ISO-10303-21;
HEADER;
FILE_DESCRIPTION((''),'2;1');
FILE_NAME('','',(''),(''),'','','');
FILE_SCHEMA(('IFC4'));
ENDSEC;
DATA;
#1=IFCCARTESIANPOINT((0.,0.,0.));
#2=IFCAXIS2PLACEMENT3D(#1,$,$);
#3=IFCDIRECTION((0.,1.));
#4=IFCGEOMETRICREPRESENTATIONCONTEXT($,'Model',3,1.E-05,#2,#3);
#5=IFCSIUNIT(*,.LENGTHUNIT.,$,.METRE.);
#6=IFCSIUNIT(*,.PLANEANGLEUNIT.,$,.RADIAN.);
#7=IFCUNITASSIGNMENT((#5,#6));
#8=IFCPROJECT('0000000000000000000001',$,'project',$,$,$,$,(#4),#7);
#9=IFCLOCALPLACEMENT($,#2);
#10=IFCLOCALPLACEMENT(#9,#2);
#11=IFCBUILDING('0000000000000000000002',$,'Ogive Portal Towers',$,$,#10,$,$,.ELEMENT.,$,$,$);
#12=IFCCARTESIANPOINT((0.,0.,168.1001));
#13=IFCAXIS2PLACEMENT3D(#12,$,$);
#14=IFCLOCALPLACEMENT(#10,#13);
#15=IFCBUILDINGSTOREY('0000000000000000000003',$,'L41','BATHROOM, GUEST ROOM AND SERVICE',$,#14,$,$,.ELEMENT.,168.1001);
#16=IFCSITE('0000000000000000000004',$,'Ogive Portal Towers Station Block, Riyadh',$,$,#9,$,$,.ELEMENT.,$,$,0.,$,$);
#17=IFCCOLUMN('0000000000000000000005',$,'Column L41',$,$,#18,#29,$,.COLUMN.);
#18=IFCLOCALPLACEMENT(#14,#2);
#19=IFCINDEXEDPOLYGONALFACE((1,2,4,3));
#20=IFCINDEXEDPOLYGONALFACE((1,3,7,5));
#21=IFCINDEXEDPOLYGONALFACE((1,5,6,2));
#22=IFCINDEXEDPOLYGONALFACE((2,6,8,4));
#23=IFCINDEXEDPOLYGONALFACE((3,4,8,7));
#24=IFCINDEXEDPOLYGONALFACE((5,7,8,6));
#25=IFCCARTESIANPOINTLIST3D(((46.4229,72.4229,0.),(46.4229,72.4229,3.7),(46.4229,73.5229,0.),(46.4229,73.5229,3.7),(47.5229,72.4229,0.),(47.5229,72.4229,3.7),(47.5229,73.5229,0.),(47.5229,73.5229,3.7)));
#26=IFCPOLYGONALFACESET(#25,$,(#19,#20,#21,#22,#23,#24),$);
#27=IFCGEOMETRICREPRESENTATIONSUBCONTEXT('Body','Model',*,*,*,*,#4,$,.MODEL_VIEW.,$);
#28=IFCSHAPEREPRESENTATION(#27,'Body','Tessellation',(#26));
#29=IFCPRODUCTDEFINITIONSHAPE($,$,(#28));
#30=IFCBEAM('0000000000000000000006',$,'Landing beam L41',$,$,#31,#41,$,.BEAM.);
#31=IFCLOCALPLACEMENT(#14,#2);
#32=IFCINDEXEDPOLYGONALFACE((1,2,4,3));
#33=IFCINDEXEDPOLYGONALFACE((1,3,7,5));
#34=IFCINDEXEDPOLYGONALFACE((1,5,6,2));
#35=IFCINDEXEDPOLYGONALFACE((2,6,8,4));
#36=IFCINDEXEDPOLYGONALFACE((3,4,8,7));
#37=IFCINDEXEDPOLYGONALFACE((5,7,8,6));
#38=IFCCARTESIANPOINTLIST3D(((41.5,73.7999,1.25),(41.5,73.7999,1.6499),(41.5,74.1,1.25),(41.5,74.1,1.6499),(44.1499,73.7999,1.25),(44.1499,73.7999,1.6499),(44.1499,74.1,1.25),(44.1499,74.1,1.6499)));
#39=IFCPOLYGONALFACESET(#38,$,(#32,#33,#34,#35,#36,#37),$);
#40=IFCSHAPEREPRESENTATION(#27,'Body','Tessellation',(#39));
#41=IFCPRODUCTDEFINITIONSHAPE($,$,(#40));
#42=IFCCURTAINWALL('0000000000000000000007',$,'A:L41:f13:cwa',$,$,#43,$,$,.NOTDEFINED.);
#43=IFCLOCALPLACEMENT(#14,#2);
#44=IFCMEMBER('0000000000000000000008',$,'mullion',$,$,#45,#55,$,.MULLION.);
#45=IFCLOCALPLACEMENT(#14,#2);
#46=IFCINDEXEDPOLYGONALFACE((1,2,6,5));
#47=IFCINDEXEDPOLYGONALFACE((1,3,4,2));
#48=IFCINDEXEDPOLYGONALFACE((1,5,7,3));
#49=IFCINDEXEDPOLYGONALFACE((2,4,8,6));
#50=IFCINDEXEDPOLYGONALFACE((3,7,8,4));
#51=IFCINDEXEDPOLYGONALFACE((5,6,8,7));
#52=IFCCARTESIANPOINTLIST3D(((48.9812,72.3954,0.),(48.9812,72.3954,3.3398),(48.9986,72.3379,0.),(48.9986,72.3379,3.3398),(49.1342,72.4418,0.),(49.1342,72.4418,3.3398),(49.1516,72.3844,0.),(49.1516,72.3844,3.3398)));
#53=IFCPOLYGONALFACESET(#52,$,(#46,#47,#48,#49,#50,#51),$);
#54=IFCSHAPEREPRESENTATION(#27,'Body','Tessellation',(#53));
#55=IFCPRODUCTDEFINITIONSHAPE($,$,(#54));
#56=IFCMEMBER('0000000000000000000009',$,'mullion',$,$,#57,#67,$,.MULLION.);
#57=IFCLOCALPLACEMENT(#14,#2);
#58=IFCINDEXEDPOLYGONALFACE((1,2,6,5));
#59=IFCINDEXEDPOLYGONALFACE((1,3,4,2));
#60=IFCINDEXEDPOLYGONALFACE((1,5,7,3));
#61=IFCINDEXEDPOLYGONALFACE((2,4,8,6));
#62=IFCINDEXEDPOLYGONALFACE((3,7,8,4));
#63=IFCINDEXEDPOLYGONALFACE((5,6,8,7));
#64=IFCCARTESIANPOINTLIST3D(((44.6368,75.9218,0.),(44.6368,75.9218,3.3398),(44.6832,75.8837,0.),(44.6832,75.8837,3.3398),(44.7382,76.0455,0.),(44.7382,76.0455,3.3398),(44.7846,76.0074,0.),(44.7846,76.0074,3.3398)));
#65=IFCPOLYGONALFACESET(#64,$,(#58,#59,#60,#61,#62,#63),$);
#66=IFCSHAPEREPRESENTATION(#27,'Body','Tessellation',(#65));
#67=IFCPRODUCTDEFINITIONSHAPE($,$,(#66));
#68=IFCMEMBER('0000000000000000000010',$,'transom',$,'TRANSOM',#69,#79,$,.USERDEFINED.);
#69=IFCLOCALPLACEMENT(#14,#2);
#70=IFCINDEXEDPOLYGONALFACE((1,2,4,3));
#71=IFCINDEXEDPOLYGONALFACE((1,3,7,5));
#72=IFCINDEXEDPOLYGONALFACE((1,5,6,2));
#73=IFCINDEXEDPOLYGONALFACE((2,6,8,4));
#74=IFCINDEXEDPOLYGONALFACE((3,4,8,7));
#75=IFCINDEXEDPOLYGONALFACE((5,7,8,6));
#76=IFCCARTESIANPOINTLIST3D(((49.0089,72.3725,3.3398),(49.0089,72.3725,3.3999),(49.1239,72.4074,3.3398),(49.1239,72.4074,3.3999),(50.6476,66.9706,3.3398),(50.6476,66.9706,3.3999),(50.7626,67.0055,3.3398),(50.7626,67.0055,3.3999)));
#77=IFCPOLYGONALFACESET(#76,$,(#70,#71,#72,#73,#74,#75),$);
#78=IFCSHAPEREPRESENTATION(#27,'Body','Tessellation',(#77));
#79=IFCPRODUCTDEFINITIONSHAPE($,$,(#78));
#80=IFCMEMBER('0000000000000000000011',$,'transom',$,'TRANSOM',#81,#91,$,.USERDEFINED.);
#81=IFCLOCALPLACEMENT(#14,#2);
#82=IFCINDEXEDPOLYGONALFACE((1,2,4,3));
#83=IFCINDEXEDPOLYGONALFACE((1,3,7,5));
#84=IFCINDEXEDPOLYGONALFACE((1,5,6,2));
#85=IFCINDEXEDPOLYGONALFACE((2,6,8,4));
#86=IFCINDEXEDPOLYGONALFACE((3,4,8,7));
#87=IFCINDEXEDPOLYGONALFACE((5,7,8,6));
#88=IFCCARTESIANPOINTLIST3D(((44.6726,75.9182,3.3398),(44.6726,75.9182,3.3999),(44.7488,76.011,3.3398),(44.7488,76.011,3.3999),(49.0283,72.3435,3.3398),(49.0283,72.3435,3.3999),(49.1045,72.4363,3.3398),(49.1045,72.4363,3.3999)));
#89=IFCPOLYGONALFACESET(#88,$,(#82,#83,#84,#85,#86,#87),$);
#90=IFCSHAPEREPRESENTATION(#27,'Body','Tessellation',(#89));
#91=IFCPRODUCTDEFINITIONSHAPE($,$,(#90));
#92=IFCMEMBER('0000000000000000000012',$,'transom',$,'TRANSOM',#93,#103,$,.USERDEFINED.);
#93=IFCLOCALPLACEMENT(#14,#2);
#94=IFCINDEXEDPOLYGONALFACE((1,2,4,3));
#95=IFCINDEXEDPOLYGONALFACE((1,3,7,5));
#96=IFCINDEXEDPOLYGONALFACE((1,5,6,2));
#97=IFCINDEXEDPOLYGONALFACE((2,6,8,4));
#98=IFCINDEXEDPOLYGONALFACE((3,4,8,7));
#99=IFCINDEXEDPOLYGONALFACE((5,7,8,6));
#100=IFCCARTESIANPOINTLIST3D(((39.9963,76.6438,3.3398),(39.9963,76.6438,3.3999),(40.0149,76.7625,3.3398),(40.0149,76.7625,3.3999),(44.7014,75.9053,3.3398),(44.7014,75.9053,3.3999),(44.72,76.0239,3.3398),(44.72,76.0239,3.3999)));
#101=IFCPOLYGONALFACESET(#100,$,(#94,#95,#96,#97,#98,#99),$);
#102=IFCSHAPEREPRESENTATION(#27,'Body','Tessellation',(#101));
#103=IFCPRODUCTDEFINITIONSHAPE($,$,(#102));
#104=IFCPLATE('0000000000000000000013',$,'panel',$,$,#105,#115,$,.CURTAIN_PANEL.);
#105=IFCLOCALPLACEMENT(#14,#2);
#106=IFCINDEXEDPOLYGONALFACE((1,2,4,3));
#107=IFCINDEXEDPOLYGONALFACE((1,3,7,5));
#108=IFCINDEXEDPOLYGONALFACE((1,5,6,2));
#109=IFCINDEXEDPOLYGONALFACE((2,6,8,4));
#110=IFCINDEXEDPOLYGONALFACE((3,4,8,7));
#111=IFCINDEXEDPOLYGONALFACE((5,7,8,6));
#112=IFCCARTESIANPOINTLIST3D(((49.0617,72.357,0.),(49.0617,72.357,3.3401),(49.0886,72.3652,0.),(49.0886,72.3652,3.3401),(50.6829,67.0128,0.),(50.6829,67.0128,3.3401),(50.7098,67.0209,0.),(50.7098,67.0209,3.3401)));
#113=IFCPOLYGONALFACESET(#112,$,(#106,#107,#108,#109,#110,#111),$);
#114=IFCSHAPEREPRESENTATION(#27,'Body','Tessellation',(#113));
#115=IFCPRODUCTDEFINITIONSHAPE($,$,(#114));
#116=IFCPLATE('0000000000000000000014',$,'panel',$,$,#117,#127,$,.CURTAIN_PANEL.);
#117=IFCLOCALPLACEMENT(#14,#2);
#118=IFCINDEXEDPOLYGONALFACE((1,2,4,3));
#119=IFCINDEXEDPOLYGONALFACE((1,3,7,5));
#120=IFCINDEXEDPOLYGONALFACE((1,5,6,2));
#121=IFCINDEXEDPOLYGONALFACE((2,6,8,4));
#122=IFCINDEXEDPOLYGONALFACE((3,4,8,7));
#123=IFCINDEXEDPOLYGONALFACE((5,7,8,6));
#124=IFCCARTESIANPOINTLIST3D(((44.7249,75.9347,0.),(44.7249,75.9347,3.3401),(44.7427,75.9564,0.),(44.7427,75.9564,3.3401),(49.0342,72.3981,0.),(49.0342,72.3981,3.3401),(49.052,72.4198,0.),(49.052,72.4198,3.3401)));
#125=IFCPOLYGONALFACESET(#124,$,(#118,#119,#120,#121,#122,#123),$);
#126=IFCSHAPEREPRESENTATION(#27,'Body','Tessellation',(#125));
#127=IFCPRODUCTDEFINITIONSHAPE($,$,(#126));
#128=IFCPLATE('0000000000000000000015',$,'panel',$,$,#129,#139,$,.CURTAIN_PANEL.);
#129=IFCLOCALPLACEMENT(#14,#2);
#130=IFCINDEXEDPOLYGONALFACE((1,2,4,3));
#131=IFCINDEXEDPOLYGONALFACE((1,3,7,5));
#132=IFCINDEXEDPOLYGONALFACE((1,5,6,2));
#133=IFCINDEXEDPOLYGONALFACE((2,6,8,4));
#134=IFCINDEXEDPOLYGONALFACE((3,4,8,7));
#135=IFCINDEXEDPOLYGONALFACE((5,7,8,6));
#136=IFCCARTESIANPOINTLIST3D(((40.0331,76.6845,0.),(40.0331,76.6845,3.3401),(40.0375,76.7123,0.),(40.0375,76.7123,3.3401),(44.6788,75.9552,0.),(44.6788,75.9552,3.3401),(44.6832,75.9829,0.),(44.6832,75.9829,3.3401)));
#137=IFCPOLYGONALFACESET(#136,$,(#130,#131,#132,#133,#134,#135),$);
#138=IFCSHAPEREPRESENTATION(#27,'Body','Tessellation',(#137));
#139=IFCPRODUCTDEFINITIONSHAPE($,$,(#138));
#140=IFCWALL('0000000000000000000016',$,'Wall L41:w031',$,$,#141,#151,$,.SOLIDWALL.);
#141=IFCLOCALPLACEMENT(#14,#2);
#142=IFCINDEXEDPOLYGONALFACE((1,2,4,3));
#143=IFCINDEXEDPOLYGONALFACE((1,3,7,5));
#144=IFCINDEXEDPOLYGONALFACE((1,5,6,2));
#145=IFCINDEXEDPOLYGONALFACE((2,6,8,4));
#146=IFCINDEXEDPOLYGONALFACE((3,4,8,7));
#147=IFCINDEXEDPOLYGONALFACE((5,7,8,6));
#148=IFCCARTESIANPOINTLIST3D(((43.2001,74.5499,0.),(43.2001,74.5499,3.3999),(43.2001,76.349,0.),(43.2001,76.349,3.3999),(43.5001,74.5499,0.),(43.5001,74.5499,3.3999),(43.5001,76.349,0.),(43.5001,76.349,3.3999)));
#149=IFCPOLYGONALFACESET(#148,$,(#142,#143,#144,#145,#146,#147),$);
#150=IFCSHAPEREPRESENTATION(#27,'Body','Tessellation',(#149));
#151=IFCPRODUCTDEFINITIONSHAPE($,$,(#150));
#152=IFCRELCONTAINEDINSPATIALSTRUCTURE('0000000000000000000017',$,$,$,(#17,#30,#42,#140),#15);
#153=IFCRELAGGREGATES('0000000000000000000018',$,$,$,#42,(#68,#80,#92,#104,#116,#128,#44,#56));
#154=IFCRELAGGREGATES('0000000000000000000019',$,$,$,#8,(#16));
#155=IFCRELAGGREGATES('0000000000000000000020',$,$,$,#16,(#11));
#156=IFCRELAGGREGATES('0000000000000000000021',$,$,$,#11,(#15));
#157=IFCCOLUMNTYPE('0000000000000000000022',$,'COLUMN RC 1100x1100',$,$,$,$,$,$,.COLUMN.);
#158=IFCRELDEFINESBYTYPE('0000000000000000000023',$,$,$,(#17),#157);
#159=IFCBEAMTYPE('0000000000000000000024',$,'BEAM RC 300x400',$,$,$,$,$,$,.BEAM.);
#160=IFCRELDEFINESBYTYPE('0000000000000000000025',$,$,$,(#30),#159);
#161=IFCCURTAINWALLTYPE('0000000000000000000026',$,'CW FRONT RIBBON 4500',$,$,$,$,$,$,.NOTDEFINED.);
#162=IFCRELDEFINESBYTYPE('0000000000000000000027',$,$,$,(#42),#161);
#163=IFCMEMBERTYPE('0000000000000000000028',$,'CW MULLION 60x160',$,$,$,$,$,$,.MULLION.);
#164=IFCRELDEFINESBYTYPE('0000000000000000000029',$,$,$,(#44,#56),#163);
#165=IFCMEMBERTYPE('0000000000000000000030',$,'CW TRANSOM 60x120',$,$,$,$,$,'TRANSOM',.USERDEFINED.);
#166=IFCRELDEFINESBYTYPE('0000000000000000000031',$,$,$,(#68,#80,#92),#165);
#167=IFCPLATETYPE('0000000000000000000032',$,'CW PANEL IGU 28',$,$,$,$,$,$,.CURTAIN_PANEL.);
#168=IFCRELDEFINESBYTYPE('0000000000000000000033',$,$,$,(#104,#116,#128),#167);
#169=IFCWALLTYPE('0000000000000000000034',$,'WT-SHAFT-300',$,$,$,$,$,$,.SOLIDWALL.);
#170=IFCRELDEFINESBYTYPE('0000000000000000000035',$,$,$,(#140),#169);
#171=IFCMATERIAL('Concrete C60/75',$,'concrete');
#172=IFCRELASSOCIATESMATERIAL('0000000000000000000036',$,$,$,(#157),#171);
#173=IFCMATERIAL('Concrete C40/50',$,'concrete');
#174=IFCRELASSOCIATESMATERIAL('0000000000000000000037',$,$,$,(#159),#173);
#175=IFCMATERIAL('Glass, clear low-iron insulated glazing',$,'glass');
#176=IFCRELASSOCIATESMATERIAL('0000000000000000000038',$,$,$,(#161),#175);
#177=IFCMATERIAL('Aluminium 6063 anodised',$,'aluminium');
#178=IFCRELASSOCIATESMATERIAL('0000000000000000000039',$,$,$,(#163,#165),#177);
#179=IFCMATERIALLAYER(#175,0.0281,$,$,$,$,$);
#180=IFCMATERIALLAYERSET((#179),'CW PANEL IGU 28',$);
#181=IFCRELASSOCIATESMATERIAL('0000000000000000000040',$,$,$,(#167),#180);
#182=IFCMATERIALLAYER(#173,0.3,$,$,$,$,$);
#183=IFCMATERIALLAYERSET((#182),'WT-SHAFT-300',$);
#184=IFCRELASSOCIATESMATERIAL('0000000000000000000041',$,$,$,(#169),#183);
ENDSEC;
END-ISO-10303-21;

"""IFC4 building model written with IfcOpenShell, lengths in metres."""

from ifc_helpers import new_model, si_unit, direction, frame, frame_2d, origin, origin_2d, place, context, subcontext, project, spatial, rectangle, extrude, material, layer, layer_set, material_profile, profile_set, type_object, element, aggregate, save


model = new_model("IFC4")

# Units and contexts
model_context = context("Model", 3, precision=1e-05, world=origin(), true_north=direction((0.0, 1.0)))
body_context = subcontext(model_context, "Body", "Model", "MODEL_VIEW")
ifc_project = project(units=[si_unit("LENGTHUNIT", "METRE"), si_unit("PLANEANGLEUNIT", "RADIAN")], contexts=[model_context])

# Site, building, storey
site_placement = place(None, origin())
site = spatial("IfcSite", under=ifc_project, at=site_placement, Name="Ogive Portal Towers Station Block, Riyadh", CompositionType="ELEMENT", RefElevation=0.0)
building_placement = place(site_placement, origin())
building = spatial("IfcBuilding", under=site, at=building_placement, Name="Ogive Portal Towers", CompositionType="ELEMENT")
storey_placement = place(building_placement, frame((0.0, 0.0, 168.1001)))
storey = spatial("IfcBuildingStorey", under=building, at=storey_placement, Name="L41", Description="BATHROOM, GUEST ROOM AND SERVICE", CompositionType="ELEMENT", Elevation=168.1001)

# Column
ifc_material_1 = material(Name="Concrete C60/75", Category="concrete")
ifc_material_profile_1 = material_profile(ifc_material_1, rectangle(XDim=1.1001, YDim=1.1001, at=origin_2d()), Name="RC 1100x1100")
ifc_profile_set_1 = profile_set([ifc_material_profile_1], Name="Concrete C60/75")
column_type = type_object("IfcColumnType", Name="COLUMN RC 1100x1100", PredefinedType="COLUMN", material=ifc_profile_set_1)
column_placement = place(storey_placement, frame((46.9729, 72.9729, 0.0), z_axis=(0.0, 0.0, 1.0), x_axis=(1.0, 0.0, 0.0)))
element("IfcColumn", 1, at=column_placement, inside=storey, type_object=column_type, Name="Column L41", PredefinedType="COLUMN", context=body_context, shape_type="SweptSolid", body=[
    extrude(rectangle(XDim=1.1001, YDim=1.1001, at=origin_2d()), origin(), (0.0, 0.0, 1.0), 3.7),
])

# Beam
ifc_material_2 = material(Name="Concrete C40/50", Category="concrete")
ifc_material_profile_2 = material_profile(ifc_material_2, rectangle(XDim=0.3, YDim=0.3999, at=origin_2d()), Name="RC 300x400")
ifc_profile_set_2 = profile_set([ifc_material_profile_2], Name="Concrete C40/50")
beam_type = type_object("IfcBeamType", Name="BEAM RC 300x400", PredefinedType="BEAM", material=ifc_profile_set_2)
beam_placement = place(storey_placement, frame((41.5, 73.95, 1.45), z_axis=(1.0, 0.0, 0.0), x_axis=(0.0, 1.0, 0.0)))
element("IfcBeam", 2, at=beam_placement, inside=storey, type_object=beam_type, Name="Landing beam L41", PredefinedType="BEAM", context=body_context, shape_type="SweptSolid", body=[
    extrude(rectangle(XDim=0.3, YDim=0.3999, at=origin_2d()), origin(), (0.0, 0.0, 1.0), 2.6499),
])

# Curtain wall, members, plates
ifc_material_3 = material(Name="Glass, clear low-iron insulated glazing", Category="glass")
curtain_wall_type = type_object("IfcCurtainWallType", Name="CW FRONT RIBBON 4500", PredefinedType="NOTDEFINED", material=ifc_material_3)
curtain_wall_placement = place(storey_placement, origin())
curtain_wall = element("IfcCurtainWall", 3, at=curtain_wall_placement, inside=storey, type_object=curtain_wall_type, Name="A:L41:f13:cwa", PredefinedType="NOTDEFINED")
ifc_material_4 = material(Name="Aluminium 6063 anodised", Category="aluminium")
ifc_material_profile_3 = material_profile(ifc_material_4, rectangle(XDim=0.1599, YDim=0.0601, at=origin_2d()), Name="AL 60x160")
ifc_profile_set_3 = profile_set([ifc_material_profile_3], Name="Aluminium 6063 anodised")
member_type_1 = type_object("IfcMemberType", Name="CW MULLION 60x160", PredefinedType="MULLION", material=ifc_profile_set_3)
member_1_placement = place(storey_placement, frame((49.0664, 72.3899, 0.0), z_axis=(0.0, 0.0, 1.0), x_axis=(-0.95694, -0.290285, 0.0)))
member_1 = element("IfcMember", 4, at=member_1_placement, type_object=member_type_1, Name="mullion", PredefinedType="MULLION", context=body_context, shape_type="SweptSolid", body=[
    extrude(rectangle(XDim=0.1599, YDim=0.0601, at=origin_2d()), origin(), (0.0, 0.0, 1.0), 3.3398),
])
member_2_placement = place(storey_placement, frame((44.7107, 75.9646, 0.0), z_axis=(0.0, 0.0, 1.0), x_axis=(-0.634393, -0.77301, 0.0)))
member_2 = element("IfcMember", 5, at=member_2_placement, type_object=member_type_1, Name="mullion", PredefinedType="MULLION", context=body_context, shape_type="SweptSolid", body=[
    extrude(rectangle(XDim=0.1599, YDim=0.0601, at=origin_2d()), origin(), (0.0, 0.0, 1.0), 3.3398),
])
ifc_material_profile_4 = material_profile(ifc_material_4, rectangle(XDim=0.1201, YDim=0.0601, at=origin_2d()), Name="AL 120x60")
ifc_profile_set_4 = profile_set([ifc_material_profile_4], Name="Aluminium 6063 anodised")
member_type_2 = type_object("IfcMemberType", Name="CW TRANSOM 60x120", ElementType="TRANSOM", PredefinedType="USERDEFINED", material=ifc_profile_set_4)
member_3_placement = place(storey_placement, frame((50.7051, 66.988, 3.3699), z_axis=(-0.290291, 0.956939, 0.0), x_axis=(-0.956939, -0.290291, 0.0)))
member_3 = element("IfcMember", 6, at=member_3_placement, type_object=member_type_2, Name="transom", ObjectType="TRANSOM", PredefinedType="USERDEFINED", context=body_context, shape_type="SweptSolid", body=[
    extrude(rectangle(XDim=0.1201, YDim=0.0601, at=origin_2d()), origin(), (0.0, 0.0, 1.0), 5.645),
])
member_4_placement = place(storey_placement, frame((49.0664, 72.3899, 3.3699), z_axis=(-0.773005, 0.6344, 0.0), x_axis=(-0.6344, -0.773005, 0.0)))
member_4 = element("IfcMember", 7, at=member_4_placement, type_object=member_type_2, Name="transom", ObjectType="TRANSOM", PredefinedType="USERDEFINED", context=body_context, shape_type="SweptSolid", body=[
    extrude(rectangle(XDim=0.1201, YDim=0.0601, at=origin_2d()), origin(), (0.0, 0.0, 1.0), 5.6348),
])
member_5_placement = place(storey_placement, frame((44.7107, 75.9646, 3.3699), z_axis=(-0.987904, 0.155065, 0.0), x_axis=(-0.155065, -0.987904, 0.0)))
member_5 = element("IfcMember", 8, at=member_5_placement, type_object=member_type_2, Name="transom", ObjectType="TRANSOM", PredefinedType="USERDEFINED", context=body_context, shape_type="SweptSolid", body=[
    extrude(rectangle(XDim=0.1201, YDim=0.0601, at=origin_2d()), origin(), (0.0, 0.0, 1.0), 4.7627),
])
ifc_layer_1 = layer(ifc_material_3, 0.0281)
ifc_layer_set_1 = layer_set([ifc_layer_1], Name="CW PANEL IGU 28")
plate_type = type_object("IfcPlateType", Name="CW PANEL IGU 28", PredefinedType="CURTAIN_PANEL", material=ifc_layer_set_1)
plate_1_placement = place(storey_placement, frame((49.8857, 69.689, 0.0), z_axis=(0.0, 0.0, 1.0), x_axis=(-0.290285, 0.95694, 0.0)))
plate_1 = element("IfcPlate", 9, at=plate_1_placement, type_object=plate_type, Name="panel", PredefinedType="CURTAIN_PANEL", context=body_context, shape_type="SweptSolid", body=[
    extrude(rectangle(XDim=5.5847, YDim=0.0281, at=origin_2d()), origin(), (0.0, 0.0, 1.0), 3.3401),
])
plate_2_placement = place(storey_placement, frame((46.8884, 74.1772, 0.0), z_axis=(0.0, 0.0, 1.0), x_axis=(-0.77301, 0.634393, 0.0)))
plate_2 = element("IfcPlate", 10, at=plate_2_placement, type_object=plate_type, Name="panel", PredefinedType="CURTAIN_PANEL", context=body_context, shape_type="SweptSolid", body=[
    extrude(rectangle(XDim=5.5747, YDim=0.0281, at=origin_2d()), origin(), (0.0, 0.0, 1.0), 3.3401),
])
plate_3_placement = place(storey_placement, frame((42.3582, 76.3337, 0.0), z_axis=(0.0, 0.0, 1.0), x_axis=(-0.987901, 0.155089, 0.0)))
plate_3 = element("IfcPlate", 11, at=plate_3_placement, type_object=plate_type, Name="panel", PredefinedType="CURTAIN_PANEL", context=body_context, shape_type="SweptSolid", body=[
    extrude(rectangle(XDim=4.7026, YDim=0.0281, at=origin_2d()), origin(), (0.0, 0.0, 1.0), 3.3401),
])
aggregate(curtain_wall, [member_3, member_4, member_5, plate_1, plate_2, plate_3, member_1, member_2])

# Wall
ifc_layer_2 = layer(ifc_material_2, 0.3)
ifc_layer_set_2 = layer_set([ifc_layer_2], Name="WT-SHAFT-300")
wall_type = type_object("IfcWallType", Name="WT-SHAFT-300", PredefinedType="SOLIDWALL", material=ifc_layer_set_2)
wall_placement = place(storey_placement, frame((43.3501, 74.55, 0.0), z_axis=(0.0, 0.0, 1.0), x_axis=(0.0, 1.0, 0.0)))
element("IfcWall", 12, at=wall_placement, inside=storey, type_object=wall_type, Name="Wall L41:w031", PredefinedType="SOLIDWALL", context=body_context, shape_type="SweptSolid", body=[
    extrude(rectangle(XDim=1.7991, YDim=0.3, at=frame_2d((0.8994, 0.0))), origin(), (0.0, 0.0, 1.0), 3.3999),
])

save(model, "model.ifc")
